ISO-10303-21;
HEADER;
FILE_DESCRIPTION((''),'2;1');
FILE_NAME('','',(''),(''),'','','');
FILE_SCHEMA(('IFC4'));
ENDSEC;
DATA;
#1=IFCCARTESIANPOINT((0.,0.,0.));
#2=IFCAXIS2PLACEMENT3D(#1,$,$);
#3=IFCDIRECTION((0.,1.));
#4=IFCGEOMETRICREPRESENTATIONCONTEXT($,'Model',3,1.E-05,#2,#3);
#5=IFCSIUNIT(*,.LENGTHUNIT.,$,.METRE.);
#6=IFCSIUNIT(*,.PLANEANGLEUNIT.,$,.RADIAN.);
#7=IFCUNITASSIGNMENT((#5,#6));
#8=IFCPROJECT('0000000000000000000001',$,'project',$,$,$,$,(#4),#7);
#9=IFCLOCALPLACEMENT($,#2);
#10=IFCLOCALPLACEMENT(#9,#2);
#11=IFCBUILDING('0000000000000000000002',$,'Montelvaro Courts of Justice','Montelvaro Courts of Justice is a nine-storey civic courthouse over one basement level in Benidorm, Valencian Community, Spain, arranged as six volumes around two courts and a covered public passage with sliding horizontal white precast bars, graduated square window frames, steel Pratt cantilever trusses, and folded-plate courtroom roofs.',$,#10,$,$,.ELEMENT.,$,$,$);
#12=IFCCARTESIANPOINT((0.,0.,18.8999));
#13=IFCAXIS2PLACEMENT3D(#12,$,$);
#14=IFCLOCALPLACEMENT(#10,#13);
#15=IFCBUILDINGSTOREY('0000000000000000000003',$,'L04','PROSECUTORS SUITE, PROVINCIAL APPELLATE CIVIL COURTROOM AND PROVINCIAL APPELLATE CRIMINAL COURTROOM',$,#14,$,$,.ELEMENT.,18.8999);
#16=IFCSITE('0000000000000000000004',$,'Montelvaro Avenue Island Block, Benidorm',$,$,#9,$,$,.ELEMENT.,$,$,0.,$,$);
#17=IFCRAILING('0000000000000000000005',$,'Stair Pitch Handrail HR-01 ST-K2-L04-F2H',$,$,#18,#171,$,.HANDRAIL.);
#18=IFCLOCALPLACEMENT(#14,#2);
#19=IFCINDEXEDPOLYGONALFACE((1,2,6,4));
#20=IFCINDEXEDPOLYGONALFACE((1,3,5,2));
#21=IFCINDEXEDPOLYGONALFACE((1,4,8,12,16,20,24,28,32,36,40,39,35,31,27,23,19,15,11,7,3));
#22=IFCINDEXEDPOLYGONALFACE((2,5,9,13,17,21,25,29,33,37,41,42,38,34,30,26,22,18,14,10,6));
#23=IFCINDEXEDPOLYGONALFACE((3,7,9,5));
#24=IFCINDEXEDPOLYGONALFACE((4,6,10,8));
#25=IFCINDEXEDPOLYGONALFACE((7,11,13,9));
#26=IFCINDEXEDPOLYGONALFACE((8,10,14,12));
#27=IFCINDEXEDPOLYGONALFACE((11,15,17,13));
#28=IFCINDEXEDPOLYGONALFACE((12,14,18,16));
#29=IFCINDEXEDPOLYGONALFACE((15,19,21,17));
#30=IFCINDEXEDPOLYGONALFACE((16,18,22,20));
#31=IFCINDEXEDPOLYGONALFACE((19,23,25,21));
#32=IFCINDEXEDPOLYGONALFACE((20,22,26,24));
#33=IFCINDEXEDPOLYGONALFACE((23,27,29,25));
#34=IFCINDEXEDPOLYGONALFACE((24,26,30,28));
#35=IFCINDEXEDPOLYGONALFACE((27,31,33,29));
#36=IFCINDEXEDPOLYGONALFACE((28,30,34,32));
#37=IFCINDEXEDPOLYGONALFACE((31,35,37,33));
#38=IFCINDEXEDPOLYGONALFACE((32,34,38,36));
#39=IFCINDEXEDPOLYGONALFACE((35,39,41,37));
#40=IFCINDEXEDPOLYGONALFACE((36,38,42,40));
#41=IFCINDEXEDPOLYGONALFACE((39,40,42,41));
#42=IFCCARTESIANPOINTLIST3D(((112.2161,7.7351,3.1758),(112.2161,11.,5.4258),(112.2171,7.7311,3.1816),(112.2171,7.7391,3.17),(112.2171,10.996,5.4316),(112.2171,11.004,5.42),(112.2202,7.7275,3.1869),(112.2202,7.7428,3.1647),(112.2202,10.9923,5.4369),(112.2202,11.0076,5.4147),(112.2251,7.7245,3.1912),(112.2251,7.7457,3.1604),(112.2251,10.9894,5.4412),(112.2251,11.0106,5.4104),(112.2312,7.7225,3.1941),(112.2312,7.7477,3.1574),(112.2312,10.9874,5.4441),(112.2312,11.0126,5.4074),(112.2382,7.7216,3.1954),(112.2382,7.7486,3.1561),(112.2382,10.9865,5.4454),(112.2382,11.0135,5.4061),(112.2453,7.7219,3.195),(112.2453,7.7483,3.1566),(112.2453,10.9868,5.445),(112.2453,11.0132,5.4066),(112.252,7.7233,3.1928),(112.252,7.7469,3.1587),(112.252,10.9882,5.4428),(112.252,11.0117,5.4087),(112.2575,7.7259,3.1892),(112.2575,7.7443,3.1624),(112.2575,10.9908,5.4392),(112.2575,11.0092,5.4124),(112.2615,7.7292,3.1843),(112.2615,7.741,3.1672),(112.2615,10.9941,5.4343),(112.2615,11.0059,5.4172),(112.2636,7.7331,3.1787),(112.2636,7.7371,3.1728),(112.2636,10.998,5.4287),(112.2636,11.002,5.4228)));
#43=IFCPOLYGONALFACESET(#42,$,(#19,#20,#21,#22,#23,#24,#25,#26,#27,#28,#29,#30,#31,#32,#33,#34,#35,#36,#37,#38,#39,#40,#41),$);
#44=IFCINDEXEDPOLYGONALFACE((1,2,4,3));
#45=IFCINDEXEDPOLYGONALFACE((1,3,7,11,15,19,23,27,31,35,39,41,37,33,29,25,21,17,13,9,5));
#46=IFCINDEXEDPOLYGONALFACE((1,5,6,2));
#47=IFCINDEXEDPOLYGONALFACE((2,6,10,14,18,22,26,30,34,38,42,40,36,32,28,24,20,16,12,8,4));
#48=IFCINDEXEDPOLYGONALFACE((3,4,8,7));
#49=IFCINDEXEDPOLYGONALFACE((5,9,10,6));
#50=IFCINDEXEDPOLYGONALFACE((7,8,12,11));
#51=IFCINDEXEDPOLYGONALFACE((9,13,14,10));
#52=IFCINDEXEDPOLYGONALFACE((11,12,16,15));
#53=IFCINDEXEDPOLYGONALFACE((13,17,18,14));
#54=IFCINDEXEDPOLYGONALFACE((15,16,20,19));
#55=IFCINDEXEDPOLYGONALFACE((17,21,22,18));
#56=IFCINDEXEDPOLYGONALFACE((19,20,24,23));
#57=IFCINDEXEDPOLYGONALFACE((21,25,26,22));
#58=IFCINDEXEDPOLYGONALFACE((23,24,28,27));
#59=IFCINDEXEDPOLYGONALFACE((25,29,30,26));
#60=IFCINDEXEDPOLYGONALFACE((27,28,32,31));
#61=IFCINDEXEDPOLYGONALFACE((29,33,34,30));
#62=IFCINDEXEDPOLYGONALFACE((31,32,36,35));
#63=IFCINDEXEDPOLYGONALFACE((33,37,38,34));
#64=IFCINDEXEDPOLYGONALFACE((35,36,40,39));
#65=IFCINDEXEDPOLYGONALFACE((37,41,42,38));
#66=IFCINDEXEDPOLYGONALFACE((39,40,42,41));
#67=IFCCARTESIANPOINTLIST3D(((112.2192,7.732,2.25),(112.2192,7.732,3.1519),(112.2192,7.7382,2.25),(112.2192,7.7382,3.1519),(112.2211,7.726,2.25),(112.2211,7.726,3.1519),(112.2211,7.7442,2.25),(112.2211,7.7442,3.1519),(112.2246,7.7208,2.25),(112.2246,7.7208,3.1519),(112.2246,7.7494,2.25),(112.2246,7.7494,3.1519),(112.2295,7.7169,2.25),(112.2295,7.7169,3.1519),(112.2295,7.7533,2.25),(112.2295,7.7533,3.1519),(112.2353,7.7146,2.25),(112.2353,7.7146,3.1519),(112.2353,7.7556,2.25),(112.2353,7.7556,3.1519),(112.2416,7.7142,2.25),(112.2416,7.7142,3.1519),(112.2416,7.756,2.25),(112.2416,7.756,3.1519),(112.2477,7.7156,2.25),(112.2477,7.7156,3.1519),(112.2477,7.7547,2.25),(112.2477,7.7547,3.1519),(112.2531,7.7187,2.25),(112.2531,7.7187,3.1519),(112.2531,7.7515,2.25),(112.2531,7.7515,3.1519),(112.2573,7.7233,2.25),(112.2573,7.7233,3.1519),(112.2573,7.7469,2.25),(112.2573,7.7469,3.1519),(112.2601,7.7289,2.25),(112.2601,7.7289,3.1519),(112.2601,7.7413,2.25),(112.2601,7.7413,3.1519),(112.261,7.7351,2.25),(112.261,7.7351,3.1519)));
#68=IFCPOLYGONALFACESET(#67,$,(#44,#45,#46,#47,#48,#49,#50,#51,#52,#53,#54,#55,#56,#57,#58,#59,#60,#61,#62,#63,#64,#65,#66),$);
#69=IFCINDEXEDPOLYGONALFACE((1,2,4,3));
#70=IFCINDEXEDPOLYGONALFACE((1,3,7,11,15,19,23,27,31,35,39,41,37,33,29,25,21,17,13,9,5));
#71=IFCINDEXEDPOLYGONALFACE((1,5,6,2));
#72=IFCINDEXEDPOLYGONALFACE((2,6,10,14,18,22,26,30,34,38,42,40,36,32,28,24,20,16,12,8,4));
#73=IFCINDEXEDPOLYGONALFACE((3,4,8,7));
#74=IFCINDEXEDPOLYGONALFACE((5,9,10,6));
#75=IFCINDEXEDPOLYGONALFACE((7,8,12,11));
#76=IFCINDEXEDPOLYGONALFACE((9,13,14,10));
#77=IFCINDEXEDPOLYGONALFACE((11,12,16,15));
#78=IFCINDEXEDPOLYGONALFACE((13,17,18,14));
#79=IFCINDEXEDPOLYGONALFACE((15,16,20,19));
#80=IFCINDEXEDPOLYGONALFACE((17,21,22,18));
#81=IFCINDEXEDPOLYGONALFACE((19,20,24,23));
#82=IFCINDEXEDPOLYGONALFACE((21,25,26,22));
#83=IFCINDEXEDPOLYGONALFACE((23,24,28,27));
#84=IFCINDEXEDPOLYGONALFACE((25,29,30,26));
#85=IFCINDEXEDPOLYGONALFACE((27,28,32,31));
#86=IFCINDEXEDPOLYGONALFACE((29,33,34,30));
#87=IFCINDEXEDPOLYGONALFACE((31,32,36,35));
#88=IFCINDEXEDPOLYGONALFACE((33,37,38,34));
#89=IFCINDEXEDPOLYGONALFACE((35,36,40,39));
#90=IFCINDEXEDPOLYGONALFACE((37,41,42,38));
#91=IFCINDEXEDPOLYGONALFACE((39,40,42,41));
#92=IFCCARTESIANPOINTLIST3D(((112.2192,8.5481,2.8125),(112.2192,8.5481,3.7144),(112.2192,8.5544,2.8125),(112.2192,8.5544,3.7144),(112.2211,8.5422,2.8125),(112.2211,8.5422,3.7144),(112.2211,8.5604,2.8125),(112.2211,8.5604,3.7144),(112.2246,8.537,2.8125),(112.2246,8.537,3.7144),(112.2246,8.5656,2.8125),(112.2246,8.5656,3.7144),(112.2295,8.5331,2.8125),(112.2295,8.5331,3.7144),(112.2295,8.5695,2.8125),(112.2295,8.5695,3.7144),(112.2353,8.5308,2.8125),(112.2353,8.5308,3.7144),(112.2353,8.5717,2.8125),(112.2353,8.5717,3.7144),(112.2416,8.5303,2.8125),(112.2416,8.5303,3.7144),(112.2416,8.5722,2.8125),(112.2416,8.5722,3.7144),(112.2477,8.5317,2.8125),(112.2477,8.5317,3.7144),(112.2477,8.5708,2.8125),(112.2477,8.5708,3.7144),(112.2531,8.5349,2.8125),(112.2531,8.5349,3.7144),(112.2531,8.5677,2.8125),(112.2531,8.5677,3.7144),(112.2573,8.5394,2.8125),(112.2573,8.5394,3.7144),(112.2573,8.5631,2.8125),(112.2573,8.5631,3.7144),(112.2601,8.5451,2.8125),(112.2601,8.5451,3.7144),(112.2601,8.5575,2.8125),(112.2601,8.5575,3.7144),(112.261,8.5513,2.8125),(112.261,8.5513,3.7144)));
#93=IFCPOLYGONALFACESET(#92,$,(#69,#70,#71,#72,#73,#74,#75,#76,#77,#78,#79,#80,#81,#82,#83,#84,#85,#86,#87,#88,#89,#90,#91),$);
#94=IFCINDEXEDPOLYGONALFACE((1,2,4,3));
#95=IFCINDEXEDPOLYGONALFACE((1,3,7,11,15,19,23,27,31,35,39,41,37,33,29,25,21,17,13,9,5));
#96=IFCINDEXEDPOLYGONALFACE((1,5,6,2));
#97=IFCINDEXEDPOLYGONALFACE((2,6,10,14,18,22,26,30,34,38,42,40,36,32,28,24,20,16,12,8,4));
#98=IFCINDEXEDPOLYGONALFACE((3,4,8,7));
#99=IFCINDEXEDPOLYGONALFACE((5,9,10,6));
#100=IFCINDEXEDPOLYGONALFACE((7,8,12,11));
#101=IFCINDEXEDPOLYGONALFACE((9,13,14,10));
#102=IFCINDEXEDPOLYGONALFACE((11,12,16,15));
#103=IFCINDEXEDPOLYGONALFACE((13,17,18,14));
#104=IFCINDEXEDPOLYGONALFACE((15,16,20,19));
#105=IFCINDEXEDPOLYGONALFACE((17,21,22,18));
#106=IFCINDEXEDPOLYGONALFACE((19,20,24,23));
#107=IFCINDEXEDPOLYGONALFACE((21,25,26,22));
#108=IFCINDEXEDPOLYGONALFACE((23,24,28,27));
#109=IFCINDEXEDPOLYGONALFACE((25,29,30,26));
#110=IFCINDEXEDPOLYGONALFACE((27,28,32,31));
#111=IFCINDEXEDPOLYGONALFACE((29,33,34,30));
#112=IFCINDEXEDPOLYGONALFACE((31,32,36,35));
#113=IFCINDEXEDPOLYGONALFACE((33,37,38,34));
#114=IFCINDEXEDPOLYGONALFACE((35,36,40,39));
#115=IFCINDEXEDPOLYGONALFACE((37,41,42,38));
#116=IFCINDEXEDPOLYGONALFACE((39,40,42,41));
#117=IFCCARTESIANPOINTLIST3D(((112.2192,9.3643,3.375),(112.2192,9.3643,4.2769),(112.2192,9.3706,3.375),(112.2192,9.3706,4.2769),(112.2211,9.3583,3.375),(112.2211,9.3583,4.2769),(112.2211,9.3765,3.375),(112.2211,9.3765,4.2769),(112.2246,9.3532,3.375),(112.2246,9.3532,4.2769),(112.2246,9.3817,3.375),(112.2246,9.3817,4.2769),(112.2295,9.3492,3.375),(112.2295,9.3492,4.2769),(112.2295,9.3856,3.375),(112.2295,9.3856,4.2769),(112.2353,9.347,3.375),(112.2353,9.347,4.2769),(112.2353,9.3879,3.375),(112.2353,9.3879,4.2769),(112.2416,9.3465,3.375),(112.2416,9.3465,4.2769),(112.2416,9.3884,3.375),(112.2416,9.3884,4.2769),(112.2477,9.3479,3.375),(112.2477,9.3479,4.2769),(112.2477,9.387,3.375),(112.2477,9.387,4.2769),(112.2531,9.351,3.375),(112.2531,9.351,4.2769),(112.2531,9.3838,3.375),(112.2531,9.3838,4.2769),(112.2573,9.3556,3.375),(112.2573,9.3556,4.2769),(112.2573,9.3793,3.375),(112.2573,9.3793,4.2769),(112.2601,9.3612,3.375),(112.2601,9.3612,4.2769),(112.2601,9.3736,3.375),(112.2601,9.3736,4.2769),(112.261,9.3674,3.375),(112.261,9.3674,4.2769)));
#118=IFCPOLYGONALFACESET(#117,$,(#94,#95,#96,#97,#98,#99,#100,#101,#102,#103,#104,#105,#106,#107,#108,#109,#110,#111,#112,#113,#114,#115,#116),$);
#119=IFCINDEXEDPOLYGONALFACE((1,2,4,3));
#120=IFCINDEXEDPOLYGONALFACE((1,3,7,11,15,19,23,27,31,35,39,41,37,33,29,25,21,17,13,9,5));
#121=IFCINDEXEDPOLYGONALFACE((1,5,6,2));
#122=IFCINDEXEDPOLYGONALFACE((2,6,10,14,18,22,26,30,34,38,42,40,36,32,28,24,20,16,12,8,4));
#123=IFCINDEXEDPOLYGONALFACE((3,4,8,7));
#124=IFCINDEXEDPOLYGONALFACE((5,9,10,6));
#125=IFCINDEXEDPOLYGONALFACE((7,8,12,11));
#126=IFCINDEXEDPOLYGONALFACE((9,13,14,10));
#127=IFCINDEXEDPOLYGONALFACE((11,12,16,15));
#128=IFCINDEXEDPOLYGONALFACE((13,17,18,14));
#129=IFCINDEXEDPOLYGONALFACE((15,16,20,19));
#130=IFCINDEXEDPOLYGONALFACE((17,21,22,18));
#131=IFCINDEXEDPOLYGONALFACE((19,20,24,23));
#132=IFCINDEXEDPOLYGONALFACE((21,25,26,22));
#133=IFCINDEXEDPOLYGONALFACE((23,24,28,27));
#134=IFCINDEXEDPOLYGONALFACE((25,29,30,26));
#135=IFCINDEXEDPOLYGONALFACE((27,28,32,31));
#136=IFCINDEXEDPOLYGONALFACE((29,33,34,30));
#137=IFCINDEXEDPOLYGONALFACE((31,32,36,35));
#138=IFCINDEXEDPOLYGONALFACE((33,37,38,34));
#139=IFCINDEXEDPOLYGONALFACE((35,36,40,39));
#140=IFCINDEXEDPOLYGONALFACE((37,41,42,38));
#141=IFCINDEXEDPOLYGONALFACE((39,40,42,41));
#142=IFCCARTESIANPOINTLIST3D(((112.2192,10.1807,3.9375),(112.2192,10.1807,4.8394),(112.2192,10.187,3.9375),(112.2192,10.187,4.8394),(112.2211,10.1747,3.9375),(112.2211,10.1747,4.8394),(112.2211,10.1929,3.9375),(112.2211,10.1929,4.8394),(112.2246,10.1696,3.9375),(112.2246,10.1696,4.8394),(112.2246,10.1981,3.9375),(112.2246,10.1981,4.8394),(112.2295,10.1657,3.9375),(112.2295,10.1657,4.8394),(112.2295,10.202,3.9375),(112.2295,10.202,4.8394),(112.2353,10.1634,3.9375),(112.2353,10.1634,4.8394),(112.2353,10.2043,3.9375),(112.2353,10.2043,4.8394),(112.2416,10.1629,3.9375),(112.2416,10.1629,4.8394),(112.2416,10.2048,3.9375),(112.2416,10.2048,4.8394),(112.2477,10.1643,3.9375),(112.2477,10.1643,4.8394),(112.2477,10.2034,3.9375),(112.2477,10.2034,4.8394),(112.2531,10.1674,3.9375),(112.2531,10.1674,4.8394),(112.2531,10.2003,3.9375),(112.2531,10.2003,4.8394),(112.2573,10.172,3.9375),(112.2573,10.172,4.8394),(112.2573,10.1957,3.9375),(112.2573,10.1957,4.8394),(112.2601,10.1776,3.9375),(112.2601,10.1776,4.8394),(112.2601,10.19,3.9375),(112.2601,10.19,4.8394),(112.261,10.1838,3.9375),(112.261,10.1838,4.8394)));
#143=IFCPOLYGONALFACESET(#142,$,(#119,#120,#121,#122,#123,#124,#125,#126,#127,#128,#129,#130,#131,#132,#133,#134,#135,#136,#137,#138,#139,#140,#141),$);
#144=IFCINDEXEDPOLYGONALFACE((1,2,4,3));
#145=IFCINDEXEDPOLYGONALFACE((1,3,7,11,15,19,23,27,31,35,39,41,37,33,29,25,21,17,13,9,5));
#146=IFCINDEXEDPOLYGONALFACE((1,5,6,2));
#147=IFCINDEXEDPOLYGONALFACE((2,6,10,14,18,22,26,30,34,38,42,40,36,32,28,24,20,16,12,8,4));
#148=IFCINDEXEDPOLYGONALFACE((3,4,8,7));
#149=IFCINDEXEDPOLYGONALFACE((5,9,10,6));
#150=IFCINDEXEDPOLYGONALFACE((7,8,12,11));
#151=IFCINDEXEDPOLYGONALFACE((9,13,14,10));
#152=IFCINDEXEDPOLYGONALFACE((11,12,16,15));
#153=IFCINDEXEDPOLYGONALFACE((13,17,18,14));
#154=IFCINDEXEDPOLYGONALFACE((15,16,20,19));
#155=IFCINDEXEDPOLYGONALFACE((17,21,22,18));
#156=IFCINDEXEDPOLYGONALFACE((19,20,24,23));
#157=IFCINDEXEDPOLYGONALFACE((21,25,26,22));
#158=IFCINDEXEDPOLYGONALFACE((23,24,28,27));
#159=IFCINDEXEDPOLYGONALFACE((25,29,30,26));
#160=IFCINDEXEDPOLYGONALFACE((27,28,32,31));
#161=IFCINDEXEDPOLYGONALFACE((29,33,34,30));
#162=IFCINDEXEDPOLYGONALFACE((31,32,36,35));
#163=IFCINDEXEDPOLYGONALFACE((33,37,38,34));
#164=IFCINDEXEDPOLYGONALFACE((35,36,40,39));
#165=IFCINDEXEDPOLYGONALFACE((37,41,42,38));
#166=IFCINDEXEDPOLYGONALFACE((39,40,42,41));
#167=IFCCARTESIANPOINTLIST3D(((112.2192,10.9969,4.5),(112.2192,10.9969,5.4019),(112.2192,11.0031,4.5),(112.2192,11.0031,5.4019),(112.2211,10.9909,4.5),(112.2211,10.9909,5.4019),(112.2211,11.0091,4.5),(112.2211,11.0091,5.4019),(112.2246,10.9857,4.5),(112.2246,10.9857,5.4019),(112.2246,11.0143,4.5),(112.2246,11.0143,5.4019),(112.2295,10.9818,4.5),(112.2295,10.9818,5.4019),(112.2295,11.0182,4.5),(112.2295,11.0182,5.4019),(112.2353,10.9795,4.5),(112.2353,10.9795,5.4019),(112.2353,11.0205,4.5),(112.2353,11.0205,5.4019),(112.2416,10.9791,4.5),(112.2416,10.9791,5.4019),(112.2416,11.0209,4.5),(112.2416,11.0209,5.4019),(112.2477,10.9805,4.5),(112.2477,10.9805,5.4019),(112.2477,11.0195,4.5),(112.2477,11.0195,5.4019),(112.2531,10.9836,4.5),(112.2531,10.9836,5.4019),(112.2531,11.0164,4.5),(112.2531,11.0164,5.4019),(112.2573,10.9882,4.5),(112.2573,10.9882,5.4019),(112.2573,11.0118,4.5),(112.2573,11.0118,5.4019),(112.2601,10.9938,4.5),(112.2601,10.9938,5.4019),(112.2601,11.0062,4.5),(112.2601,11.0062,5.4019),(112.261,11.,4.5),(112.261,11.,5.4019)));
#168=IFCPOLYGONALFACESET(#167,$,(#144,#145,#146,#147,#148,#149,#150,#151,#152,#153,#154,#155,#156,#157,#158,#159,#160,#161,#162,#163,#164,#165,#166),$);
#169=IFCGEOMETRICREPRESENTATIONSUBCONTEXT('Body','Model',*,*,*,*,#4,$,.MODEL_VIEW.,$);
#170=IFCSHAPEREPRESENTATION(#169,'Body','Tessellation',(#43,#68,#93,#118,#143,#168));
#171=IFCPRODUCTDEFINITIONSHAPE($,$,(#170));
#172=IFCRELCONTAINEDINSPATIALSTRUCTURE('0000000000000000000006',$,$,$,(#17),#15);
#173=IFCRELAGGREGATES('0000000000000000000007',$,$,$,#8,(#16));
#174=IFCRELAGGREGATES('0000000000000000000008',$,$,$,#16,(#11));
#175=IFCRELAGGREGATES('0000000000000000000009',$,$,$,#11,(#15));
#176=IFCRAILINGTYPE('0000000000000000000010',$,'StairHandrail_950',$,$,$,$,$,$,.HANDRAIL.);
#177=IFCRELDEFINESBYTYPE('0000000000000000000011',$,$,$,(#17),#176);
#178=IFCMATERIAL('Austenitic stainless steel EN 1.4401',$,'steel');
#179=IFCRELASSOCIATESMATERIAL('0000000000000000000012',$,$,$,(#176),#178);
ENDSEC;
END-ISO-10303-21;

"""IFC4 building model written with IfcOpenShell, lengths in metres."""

from ifc_helpers import new_model, si_unit, direction, frame, origin, origin_2d, place, context, subcontext, project, spatial, circle, extrude, material, type_object, element, save


model = new_model("IFC4")

# Units and contexts
model_context = context("Model", 3, precision=1e-05, world=origin(), true_north=direction((0.0, 1.0)))
body_context = subcontext(model_context, "Body", "Model", "MODEL_VIEW")
ifc_project = project(units=[si_unit("LENGTHUNIT", "METRE"), si_unit("PLANEANGLEUNIT", "RADIAN")], contexts=[model_context])

# Site, building, storey
site_placement = place(None, origin())
site = spatial("IfcSite", under=ifc_project, at=site_placement, Name="Montelvaro Avenue Island Block, Benidorm", CompositionType="ELEMENT", RefElevation=0.0)
building_placement = place(site_placement, origin())
building = spatial("IfcBuilding", under=site, at=building_placement, Name="Montelvaro Courts of Justice", Description="Montelvaro Courts of Justice is a nine-storey civic courthouse over one basement level in Benidorm, Valencian Community, Spain, arranged as six volumes around two courts and a covered public passage with sliding horizontal white precast bars, graduated square window frames, steel Pratt cantilever trusses, and folded-plate courtroom roofs.", CompositionType="ELEMENT")
storey_placement = place(building_placement, frame((0.0, 0.0, 18.8999)))
storey = spatial("IfcBuildingStorey", under=building, at=storey_placement, Name="L04", Description="PROSECUTORS SUITE, PROVINCIAL APPELLATE CIVIL COURTROOM AND PROVINCIAL APPELLATE CRIMINAL COURTROOM", CompositionType="ELEMENT", Elevation=18.8999)

# Railing
ifc_material_1 = material(Name="Austenitic stainless steel EN 1.4401", Category="steel")
railing_type_1 = type_object("IfcRailingType", Name="StairHandrail_950", PredefinedType="HANDRAIL", material=ifc_material_1)
railing_1_placement = place(storey_placement, frame((112.24, 7.7351, 2.25)))
element("IfcRailing", 1, at=railing_1_placement, inside=storey, type_object=railing_type_1, Name="Stair Pitch Handrail HR-01 ST-K2-L04-F2H", PredefinedType="HANDRAIL", context=body_context, shape_type="SweptSolid", body=[
    extrude(circle(Radius=0.0239, at=origin_2d()), frame((0.0, 0.0, 0.9258), z_axis=(0.0, 0.823407, 0.567451), x_axis=(-1.0, 0.0, 0.0)), (0.0, 0.0, 1.0), 3.9651),
    extrude(circle(Radius=0.021, at=origin_2d()), origin(), (0.0, 0.0, 1.0), 0.9019),
    extrude(circle(Radius=0.021, at=origin_2d()), frame((0.0, 0.8162, 0.5625)), (0.0, 0.0, 1.0), 0.9019),
    extrude(circle(Radius=0.021, at=origin_2d()), frame((0.0, 1.6323, 1.125)), (0.0, 0.0, 1.0), 0.9019),
    extrude(circle(Radius=0.021, at=origin_2d()), frame((0.0, 2.4487, 1.6875)), (0.0, 0.0, 1.0), 0.9019),
    extrude(circle(Radius=0.021, at=origin_2d()), frame((0.0, 3.2649, 2.25)), (0.0, 0.0, 1.0), 0.9019),
])

save(model, "model.ifc")
